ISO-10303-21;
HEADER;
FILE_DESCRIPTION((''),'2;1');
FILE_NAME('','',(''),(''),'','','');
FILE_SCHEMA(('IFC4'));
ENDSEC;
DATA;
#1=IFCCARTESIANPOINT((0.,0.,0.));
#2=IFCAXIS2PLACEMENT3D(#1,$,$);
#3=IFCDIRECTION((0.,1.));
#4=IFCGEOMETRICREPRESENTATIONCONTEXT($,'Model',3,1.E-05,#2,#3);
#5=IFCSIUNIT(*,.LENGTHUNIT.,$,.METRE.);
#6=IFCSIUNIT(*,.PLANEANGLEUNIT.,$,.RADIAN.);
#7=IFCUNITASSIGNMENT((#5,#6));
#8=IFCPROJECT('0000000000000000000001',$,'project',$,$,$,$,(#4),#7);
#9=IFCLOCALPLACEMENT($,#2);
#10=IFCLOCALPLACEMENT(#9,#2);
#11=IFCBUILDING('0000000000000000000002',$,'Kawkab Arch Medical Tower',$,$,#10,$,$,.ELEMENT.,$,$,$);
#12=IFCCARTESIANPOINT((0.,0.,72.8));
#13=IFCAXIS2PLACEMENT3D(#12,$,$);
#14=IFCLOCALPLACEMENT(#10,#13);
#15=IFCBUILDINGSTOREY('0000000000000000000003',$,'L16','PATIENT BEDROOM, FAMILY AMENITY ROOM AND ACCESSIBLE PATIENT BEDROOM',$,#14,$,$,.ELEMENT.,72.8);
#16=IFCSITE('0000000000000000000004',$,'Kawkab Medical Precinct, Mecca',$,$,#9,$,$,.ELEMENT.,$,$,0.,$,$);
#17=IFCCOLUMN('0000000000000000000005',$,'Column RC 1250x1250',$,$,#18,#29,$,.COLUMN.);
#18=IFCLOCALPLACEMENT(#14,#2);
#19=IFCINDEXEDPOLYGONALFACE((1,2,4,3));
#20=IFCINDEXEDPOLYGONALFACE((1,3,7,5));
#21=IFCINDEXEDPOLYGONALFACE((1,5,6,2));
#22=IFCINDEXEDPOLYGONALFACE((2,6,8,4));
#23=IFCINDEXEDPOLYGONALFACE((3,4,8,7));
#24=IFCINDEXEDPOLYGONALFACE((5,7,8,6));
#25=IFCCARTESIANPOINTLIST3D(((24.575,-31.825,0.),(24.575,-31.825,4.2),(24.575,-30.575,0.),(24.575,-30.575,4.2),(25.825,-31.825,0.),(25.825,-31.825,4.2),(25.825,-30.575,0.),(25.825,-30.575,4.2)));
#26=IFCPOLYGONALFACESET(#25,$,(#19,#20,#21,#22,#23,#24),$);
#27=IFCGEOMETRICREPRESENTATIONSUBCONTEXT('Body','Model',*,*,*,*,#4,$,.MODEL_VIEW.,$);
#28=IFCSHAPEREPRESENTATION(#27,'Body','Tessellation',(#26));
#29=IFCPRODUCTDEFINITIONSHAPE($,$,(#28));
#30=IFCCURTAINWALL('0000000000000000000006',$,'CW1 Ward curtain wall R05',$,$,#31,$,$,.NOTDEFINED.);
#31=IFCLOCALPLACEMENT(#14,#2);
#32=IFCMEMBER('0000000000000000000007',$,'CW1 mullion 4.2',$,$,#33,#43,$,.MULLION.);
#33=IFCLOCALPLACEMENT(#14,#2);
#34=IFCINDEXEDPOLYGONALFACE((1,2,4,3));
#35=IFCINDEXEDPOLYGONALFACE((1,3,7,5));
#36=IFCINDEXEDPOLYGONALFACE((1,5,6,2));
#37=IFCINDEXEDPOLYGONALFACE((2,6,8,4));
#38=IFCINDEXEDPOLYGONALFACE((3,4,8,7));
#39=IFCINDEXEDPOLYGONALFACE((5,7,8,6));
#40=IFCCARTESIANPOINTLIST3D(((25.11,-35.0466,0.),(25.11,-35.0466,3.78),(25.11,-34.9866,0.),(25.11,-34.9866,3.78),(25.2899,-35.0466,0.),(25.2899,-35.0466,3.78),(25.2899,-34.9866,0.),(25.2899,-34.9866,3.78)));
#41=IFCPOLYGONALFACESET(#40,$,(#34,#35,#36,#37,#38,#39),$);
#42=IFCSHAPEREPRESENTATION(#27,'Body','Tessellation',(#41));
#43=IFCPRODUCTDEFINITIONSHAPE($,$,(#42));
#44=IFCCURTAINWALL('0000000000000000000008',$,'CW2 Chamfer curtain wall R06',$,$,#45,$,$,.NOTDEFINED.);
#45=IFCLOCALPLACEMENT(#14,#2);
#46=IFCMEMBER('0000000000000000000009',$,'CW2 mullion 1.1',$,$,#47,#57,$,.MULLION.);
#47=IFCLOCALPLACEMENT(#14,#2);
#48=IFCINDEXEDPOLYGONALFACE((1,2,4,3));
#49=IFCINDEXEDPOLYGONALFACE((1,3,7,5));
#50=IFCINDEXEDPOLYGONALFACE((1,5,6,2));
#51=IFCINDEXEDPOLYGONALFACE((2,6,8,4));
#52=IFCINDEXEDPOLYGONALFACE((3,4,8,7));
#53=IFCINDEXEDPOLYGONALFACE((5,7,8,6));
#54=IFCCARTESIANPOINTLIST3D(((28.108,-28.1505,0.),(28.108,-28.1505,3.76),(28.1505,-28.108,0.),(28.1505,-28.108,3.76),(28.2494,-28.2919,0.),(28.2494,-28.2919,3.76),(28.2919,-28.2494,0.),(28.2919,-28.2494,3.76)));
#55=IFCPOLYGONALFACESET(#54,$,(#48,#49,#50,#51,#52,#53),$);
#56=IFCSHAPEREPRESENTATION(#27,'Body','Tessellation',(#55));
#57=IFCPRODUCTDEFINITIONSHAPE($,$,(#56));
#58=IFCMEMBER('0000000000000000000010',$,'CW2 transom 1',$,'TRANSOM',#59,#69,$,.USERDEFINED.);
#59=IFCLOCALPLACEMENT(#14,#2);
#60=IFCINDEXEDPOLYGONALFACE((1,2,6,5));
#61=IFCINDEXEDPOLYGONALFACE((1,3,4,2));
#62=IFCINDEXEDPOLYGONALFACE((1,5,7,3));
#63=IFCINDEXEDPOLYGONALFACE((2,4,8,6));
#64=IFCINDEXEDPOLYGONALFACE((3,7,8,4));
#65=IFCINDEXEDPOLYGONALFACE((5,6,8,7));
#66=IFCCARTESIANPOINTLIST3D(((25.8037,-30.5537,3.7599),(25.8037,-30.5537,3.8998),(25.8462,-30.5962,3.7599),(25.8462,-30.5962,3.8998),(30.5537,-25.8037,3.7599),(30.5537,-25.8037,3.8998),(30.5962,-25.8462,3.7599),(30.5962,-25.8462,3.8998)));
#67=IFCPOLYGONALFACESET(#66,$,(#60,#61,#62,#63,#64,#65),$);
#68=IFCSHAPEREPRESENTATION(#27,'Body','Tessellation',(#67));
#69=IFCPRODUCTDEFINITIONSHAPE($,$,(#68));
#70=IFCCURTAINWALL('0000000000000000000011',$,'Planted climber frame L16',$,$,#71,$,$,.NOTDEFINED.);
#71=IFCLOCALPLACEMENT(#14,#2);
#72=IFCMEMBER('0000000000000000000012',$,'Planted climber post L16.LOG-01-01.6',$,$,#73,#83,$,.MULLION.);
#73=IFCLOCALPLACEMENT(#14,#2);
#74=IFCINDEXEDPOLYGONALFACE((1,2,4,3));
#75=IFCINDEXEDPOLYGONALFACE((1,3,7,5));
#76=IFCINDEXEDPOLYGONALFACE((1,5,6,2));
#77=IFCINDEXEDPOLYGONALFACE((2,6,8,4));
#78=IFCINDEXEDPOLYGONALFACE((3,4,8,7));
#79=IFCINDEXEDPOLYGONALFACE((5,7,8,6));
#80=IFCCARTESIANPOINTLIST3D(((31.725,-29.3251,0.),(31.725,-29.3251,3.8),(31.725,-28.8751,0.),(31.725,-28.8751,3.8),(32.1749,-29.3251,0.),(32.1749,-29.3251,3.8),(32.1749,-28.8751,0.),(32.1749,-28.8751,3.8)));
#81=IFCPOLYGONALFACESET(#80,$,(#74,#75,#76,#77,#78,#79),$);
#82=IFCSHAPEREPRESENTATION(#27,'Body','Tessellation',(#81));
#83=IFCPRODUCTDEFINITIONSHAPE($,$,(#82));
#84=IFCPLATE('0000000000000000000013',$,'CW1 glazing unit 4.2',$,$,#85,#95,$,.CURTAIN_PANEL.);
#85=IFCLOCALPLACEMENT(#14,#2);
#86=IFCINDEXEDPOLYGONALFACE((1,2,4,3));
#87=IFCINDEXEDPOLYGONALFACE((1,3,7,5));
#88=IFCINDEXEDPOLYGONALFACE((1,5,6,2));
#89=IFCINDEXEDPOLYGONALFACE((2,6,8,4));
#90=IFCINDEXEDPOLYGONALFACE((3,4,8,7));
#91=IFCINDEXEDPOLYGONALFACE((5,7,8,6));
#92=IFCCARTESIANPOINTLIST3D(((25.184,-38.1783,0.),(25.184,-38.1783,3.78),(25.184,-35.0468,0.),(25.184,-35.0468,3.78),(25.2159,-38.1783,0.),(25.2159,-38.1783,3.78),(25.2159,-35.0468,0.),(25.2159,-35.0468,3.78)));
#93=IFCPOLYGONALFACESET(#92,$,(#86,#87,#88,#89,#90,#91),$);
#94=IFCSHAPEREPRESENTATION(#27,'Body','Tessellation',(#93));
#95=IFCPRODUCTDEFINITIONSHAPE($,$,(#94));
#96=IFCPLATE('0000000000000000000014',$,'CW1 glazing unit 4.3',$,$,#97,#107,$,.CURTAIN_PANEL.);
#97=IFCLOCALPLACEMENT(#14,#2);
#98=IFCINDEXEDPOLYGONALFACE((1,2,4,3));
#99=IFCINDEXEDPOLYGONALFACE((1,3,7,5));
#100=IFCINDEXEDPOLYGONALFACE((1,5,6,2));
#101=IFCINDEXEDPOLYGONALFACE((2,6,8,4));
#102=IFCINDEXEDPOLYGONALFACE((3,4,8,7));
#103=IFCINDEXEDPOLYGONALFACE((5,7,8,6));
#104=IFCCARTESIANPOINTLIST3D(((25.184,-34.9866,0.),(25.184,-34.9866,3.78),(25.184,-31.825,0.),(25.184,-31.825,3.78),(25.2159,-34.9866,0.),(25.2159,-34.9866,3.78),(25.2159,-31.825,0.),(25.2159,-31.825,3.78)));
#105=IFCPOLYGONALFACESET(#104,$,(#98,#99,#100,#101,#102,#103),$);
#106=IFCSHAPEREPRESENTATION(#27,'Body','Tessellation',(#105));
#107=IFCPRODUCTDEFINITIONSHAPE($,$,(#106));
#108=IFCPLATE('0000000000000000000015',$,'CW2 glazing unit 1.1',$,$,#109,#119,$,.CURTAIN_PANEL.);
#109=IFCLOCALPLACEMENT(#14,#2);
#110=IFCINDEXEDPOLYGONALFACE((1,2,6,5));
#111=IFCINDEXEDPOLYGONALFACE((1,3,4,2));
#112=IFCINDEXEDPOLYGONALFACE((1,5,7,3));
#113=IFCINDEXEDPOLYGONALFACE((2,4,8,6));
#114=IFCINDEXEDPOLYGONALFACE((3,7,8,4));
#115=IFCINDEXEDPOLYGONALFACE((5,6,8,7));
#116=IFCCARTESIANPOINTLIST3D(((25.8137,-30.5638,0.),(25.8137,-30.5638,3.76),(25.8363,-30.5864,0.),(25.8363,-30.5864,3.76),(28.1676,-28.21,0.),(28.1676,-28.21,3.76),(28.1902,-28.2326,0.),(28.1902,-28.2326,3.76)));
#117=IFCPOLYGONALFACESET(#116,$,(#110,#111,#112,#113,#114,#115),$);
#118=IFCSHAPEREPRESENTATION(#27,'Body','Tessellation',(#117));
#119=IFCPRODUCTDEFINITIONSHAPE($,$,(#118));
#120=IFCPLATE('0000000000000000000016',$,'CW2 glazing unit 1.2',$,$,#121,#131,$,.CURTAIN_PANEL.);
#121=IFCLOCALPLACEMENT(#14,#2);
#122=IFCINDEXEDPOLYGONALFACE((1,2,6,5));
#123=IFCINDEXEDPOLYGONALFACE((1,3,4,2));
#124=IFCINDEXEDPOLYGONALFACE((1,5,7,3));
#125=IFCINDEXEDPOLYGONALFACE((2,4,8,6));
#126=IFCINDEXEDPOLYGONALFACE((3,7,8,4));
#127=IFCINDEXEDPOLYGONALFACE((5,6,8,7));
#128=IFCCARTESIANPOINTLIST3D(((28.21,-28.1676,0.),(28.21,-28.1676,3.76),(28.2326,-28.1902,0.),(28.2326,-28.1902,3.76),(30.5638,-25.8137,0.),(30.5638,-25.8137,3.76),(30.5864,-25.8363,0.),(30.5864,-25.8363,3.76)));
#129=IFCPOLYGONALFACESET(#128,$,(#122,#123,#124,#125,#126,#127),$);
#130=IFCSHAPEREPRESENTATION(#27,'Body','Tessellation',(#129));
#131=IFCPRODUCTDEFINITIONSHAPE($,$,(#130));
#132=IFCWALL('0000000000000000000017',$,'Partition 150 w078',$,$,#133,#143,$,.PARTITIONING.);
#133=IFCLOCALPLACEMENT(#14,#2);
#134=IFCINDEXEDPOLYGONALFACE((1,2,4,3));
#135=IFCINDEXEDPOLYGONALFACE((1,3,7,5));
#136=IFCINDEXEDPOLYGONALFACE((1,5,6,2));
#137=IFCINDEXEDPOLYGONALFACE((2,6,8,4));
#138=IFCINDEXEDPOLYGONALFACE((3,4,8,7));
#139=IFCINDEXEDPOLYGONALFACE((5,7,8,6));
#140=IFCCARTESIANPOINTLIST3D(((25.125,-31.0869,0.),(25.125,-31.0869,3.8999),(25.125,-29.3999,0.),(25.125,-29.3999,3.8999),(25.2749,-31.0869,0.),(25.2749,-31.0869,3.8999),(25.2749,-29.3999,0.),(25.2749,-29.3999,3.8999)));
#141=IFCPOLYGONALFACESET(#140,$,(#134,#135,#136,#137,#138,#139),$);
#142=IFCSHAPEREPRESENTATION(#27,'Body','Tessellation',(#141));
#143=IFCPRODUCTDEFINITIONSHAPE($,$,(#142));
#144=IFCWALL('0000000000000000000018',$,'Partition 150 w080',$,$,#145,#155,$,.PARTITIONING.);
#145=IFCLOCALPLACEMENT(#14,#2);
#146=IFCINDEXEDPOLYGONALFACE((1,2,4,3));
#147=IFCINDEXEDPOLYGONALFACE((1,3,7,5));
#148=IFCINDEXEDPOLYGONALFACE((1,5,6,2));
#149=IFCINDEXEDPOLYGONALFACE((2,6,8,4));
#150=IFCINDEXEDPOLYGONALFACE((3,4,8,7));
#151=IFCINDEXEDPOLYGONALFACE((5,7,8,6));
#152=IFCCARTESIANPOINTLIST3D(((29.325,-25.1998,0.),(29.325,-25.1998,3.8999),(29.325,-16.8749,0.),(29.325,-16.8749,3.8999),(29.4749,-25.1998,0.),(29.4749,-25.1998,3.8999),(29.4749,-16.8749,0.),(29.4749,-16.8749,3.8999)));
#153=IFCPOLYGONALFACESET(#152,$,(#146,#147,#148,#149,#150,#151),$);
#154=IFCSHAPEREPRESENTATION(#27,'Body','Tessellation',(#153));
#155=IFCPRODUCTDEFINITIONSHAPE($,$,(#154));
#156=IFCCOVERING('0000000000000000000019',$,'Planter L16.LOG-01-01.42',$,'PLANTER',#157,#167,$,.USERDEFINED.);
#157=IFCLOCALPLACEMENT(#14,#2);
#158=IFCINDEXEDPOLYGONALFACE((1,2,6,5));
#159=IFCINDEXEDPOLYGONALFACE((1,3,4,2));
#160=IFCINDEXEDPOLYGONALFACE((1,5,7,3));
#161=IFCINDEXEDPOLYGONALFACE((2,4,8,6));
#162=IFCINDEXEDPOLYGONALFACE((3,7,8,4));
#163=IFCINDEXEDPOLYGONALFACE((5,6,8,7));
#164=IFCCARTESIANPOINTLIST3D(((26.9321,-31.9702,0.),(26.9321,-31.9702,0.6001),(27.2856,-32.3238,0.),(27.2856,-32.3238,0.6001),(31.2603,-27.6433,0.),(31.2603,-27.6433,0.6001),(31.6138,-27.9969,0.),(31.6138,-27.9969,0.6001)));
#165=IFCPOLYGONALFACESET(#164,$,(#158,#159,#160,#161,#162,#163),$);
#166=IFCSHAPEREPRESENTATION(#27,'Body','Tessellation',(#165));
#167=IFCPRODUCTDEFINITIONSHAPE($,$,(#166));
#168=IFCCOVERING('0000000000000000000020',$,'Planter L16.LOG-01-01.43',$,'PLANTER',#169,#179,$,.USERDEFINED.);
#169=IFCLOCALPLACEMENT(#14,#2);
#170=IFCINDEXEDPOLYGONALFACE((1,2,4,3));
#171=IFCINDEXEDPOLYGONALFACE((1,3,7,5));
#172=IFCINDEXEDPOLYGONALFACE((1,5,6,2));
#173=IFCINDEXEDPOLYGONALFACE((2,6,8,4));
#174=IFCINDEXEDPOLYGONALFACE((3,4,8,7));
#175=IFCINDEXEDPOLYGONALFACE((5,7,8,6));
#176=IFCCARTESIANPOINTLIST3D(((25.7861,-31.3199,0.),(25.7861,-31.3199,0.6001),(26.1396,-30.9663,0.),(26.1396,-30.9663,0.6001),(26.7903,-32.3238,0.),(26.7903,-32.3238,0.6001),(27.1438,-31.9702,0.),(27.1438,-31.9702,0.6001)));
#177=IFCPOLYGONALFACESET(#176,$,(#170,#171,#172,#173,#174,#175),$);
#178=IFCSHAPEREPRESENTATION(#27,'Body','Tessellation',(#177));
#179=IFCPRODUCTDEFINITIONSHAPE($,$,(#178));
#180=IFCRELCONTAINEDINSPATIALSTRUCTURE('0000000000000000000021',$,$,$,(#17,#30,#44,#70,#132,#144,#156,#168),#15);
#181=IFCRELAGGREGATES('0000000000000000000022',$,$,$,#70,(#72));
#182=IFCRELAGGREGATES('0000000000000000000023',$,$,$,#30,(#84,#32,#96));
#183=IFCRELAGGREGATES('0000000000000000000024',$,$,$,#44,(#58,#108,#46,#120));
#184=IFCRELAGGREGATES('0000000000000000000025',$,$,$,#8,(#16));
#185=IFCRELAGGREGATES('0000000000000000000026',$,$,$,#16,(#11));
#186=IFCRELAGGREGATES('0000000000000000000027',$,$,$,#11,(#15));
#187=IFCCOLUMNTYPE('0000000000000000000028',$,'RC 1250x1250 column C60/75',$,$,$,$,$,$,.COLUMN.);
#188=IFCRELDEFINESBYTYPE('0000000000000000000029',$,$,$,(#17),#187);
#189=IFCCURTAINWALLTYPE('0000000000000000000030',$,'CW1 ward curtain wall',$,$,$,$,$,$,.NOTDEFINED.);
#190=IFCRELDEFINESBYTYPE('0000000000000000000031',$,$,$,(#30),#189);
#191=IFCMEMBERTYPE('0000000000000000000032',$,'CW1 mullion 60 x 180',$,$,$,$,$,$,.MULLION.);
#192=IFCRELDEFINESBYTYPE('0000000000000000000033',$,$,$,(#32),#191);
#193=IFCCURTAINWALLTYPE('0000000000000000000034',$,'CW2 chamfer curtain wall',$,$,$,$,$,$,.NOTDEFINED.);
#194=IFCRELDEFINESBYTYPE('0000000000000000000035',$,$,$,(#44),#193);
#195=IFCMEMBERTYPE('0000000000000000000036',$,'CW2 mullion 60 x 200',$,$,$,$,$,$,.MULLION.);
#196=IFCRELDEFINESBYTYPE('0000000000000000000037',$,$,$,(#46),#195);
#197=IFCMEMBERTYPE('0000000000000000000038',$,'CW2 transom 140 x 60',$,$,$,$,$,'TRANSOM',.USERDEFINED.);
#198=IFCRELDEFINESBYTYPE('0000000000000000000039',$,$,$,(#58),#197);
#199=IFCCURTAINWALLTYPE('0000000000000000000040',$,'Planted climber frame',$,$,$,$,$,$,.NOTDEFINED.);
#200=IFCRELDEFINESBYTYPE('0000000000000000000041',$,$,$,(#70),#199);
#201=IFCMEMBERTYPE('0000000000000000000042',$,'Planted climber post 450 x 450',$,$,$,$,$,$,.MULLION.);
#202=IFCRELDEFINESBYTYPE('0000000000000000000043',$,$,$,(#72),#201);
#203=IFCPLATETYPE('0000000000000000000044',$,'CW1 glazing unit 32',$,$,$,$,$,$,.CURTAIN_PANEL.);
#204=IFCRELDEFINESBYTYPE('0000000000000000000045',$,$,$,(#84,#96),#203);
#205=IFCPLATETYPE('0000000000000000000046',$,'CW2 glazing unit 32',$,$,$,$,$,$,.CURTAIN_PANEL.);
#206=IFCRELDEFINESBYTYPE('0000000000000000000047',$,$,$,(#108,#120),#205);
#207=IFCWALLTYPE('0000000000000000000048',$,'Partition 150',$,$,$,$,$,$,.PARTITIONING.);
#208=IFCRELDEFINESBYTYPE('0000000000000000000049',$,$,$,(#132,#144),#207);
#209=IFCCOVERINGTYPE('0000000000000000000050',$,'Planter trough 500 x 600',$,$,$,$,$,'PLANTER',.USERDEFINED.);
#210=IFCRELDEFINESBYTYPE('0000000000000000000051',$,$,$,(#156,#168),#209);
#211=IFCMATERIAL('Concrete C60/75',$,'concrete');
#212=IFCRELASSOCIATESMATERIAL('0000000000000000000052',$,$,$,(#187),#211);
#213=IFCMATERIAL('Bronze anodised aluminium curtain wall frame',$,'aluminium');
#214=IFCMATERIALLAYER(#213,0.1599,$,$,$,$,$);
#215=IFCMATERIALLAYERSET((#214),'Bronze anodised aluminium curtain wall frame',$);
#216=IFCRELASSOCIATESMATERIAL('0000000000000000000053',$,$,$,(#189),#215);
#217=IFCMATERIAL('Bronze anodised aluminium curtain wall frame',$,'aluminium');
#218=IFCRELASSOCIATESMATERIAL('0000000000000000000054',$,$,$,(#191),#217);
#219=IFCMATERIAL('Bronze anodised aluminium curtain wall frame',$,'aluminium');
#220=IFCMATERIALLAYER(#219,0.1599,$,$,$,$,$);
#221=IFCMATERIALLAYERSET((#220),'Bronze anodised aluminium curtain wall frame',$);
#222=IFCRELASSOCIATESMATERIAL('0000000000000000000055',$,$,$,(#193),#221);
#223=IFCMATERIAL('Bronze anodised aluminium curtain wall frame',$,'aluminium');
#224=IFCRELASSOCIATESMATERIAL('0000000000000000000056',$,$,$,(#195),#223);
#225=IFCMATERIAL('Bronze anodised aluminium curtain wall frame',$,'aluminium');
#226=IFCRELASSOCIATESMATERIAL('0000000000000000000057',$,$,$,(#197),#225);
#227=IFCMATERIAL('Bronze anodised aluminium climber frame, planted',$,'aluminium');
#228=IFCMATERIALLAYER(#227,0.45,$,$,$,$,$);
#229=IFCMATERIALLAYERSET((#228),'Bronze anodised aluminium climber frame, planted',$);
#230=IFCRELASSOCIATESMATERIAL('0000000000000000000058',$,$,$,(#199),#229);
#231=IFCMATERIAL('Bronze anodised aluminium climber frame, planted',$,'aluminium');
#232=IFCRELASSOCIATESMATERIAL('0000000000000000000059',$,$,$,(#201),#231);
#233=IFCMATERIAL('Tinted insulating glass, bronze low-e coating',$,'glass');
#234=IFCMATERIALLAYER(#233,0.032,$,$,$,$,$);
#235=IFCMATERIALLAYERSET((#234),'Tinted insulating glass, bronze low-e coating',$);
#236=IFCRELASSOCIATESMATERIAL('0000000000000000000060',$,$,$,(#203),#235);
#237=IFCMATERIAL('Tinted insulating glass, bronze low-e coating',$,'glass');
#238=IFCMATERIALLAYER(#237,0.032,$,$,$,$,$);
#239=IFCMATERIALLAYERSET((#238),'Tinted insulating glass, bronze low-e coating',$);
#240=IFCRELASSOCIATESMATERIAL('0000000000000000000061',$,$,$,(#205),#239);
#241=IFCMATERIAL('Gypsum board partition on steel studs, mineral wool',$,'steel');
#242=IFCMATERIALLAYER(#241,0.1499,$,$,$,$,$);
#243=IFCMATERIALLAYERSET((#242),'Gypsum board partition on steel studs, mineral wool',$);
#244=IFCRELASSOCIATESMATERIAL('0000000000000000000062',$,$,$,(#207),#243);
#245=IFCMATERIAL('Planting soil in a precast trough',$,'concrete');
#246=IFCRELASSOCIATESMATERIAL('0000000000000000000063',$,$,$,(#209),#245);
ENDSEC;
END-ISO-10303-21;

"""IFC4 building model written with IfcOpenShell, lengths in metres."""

from ifc_helpers import new_model, si_unit, direction, frame, frame_2d, origin, origin_2d, place, context, subcontext, project, spatial, rectangle, extrude, material, layer, layer_set, material_profile, profile_set, type_object, element, aggregate, save


model = new_model("IFC4")

# Units and contexts
model_context = context("Model", 3, precision=1e-05, world=origin(), true_north=direction((0.0, 1.0)))
body_context = subcontext(model_context, "Body", "Model", "MODEL_VIEW")
ifc_project = project(units=[si_unit("LENGTHUNIT", "METRE"), si_unit("PLANEANGLEUNIT", "RADIAN")], contexts=[model_context])

# Site, building, storey
site_placement = place(None, origin())
site = spatial("IfcSite", under=ifc_project, at=site_placement, Name="Kawkab Medical Precinct, Mecca", CompositionType="ELEMENT", RefElevation=0.0)
building_placement = place(site_placement, origin())
building = spatial("IfcBuilding", under=site, at=building_placement, Name="Kawkab Arch Medical Tower", CompositionType="ELEMENT")
storey_placement = place(building_placement, frame((0.0, 0.0, 72.8)))
storey = spatial("IfcBuildingStorey", under=building, at=storey_placement, Name="L16", Description="PATIENT BEDROOM, FAMILY AMENITY ROOM AND ACCESSIBLE PATIENT BEDROOM", CompositionType="ELEMENT", Elevation=72.8)

# Column
ifc_material_1 = material(Name="Concrete C60/75", Category="concrete")
ifc_material_profile_1 = material_profile(ifc_material_1, rectangle(XDim=1.25, YDim=1.25, at=origin_2d()), Name="RC 1250x1250")
ifc_profile_set_1 = profile_set([ifc_material_profile_1], Name="Concrete C60/75")
column_type = type_object("IfcColumnType", Name="RC 1250x1250 column C60/75", PredefinedType="COLUMN", material=ifc_profile_set_1)
column_placement = place(storey_placement, frame((25.2, -31.2, 0.0), z_axis=(0.0, 0.0, 1.0), x_axis=(1.0, 0.0, 0.0)))
element("IfcColumn", 1, at=column_placement, inside=storey, type_object=column_type, Name="Column RC 1250x1250", PredefinedType="COLUMN", context=body_context, shape_type="SweptSolid", body=[
    extrude(rectangle(XDim=1.25, YDim=1.25, at=origin_2d()), origin(), (0.0, 0.0, 1.0), 4.2),
])

# Curtain wall, member
ifc_material_2 = material(Name="Bronze anodised aluminium curtain wall frame", Category="aluminium")
ifc_layer_1 = layer(ifc_material_2, 0.1599)
ifc_layer_set_1 = layer_set([ifc_layer_1], Name="Bronze anodised aluminium curtain wall frame")
curtain_wall_type_1 = type_object("IfcCurtainWallType", Name="CW1 ward curtain wall", PredefinedType="NOTDEFINED", material=ifc_layer_set_1)
placement = place(storey_placement, origin())
curtain_wall_1 = element("IfcCurtainWall", 2, at=placement, inside=storey, type_object=curtain_wall_type_1, Name="CW1 Ward curtain wall R05", PredefinedType="NOTDEFINED")
ifc_material_3 = material(Name="Bronze anodised aluminium curtain wall frame", Category="aluminium")
ifc_material_profile_2 = material_profile(ifc_material_3, rectangle(XDim=0.1799, YDim=0.0601, at=origin_2d()), Name="AL 60x180")
ifc_profile_set_2 = profile_set([ifc_material_profile_2], Name="Bronze anodised aluminium curtain wall frame")
member_type_1 = type_object("IfcMemberType", Name="CW1 mullion 60 x 180", PredefinedType="MULLION", material=ifc_profile_set_2)
member_1_placement = place(storey_placement, frame((25.2, -35.0166, 0.0), z_axis=(0.0, 0.0, 1.0), x_axis=(-1.0, 0.0, 0.0)))
member_1 = element("IfcMember", 3, at=member_1_placement, type_object=member_type_1, Name="CW1 mullion 4.2", PredefinedType="MULLION", context=body_context, shape_type="SweptSolid", body=[
    extrude(rectangle(XDim=0.1799, YDim=0.0601, at=origin_2d()), origin(), (0.0, 0.0, 1.0), 3.78),
])

# Curtain wall, members
ifc_material_4 = material(Name="Bronze anodised aluminium curtain wall frame", Category="aluminium")
ifc_layer_2 = layer(ifc_material_4, 0.1599)
ifc_layer_set_2 = layer_set([ifc_layer_2], Name="Bronze anodised aluminium curtain wall frame")
curtain_wall_type_2 = type_object("IfcCurtainWallType", Name="CW2 chamfer curtain wall", PredefinedType="NOTDEFINED", material=ifc_layer_set_2)
curtain_wall_2 = element("IfcCurtainWall", 4, at=placement, inside=storey, type_object=curtain_wall_type_2, Name="CW2 Chamfer curtain wall R06", PredefinedType="NOTDEFINED")
ifc_material_5 = material(Name="Bronze anodised aluminium curtain wall frame", Category="aluminium")
ifc_material_profile_3 = material_profile(ifc_material_5, rectangle(XDim=0.2, YDim=0.0601, at=origin_2d()), Name="AL 60x200")
ifc_profile_set_3 = profile_set([ifc_material_profile_3], Name="Bronze anodised aluminium curtain wall frame")
member_type_2 = type_object("IfcMemberType", Name="CW2 mullion 60 x 200", PredefinedType="MULLION", material=ifc_profile_set_3)
member_2_placement = place(storey_placement, frame((28.2, -28.2, 0.0), z_axis=(0.0, 0.0, 1.0), x_axis=(-0.707107, 0.707107, 0.0)))
member_2 = element("IfcMember", 5, at=member_2_placement, type_object=member_type_2, Name="CW2 mullion 1.1", PredefinedType="MULLION", context=body_context, shape_type="SweptSolid", body=[
    extrude(rectangle(XDim=0.2, YDim=0.0601, at=origin_2d()), origin(), (0.0, 0.0, 1.0), 3.76),
])
ifc_material_6 = material(Name="Bronze anodised aluminium curtain wall frame", Category="aluminium")
ifc_material_profile_4 = material_profile(ifc_material_6, rectangle(XDim=0.0601, YDim=0.1399, at=origin_2d()), Name="AL 60x140")
ifc_profile_set_4 = profile_set([ifc_material_profile_4], Name="Bronze anodised aluminium curtain wall frame")
member_type_3 = type_object("IfcMemberType", Name="CW2 transom 140 x 60", ElementType="TRANSOM", PredefinedType="USERDEFINED", material=ifc_profile_set_4)
member_3_placement = place(storey_placement, frame((25.825, -30.575, 3.8298), z_axis=(0.707107, 0.707107, 0.0), x_axis=(-0.707107, 0.707107, 0.0)))
member_3 = element("IfcMember", 6, at=member_3_placement, type_object=member_type_3, Name="CW2 transom 1", ObjectType="TRANSOM", PredefinedType="USERDEFINED", context=body_context, shape_type="SweptSolid", body=[
    extrude(rectangle(XDim=0.0601, YDim=0.1399, at=origin_2d()), origin(), (0.0, 0.0, 1.0), 6.7175),
])

# Curtain wall, member
ifc_material_7 = material(Name="Bronze anodised aluminium climber frame, planted", Category="aluminium")
ifc_layer_3 = layer(ifc_material_7, 0.45)
ifc_layer_set_3 = layer_set([ifc_layer_3], Name="Bronze anodised aluminium climber frame, planted")
curtain_wall_type_3 = type_object("IfcCurtainWallType", Name="Planted climber frame", PredefinedType="NOTDEFINED", material=ifc_layer_set_3)
curtain_wall_3 = element("IfcCurtainWall", 7, at=placement, inside=storey, type_object=curtain_wall_type_3, Name="Planted climber frame L16", PredefinedType="NOTDEFINED")
ifc_material_8 = material(Name="Bronze anodised aluminium climber frame, planted", Category="aluminium")
ifc_material_profile_5 = material_profile(ifc_material_8, rectangle(XDim=0.45, YDim=0.45, at=origin_2d()), Name="Post 450x450")
ifc_profile_set_5 = profile_set([ifc_material_profile_5], Name="Bronze anodised aluminium climber frame, planted")
member_type_4 = type_object("IfcMemberType", Name="Planted climber post 450 x 450", PredefinedType="MULLION", material=ifc_profile_set_5)
member_4_placement = place(storey_placement, frame((31.95, -29.1001, 0.0), z_axis=(0.0, 0.0, 1.0), x_axis=(1.0, 0.0, 0.0)))
member_4 = element("IfcMember", 8, at=member_4_placement, type_object=member_type_4, Name="Planted climber post L16.LOG-01-01.6", PredefinedType="MULLION", context=body_context, shape_type="SweptSolid", body=[
    extrude(rectangle(XDim=0.45, YDim=0.45, at=origin_2d()), origin(), (0.0, 0.0, 1.0), 3.8),
])
aggregate(curtain_wall_3, [member_4])

# Plates
ifc_material_9 = material(Name="Tinted insulating glass, bronze low-e coating", Category="glass")
ifc_layer_4 = layer(ifc_material_9, 0.032)
ifc_layer_set_4 = layer_set([ifc_layer_4], Name="Tinted insulating glass, bronze low-e coating")
plate_type_1 = type_object("IfcPlateType", Name="CW1 glazing unit 32", PredefinedType="CURTAIN_PANEL", material=ifc_layer_set_4)
plate_1_placement = place(storey_placement, frame((25.2, -36.6125, 0.0), z_axis=(0.0, 0.0, 1.0), x_axis=(0.0, 1.0, 0.0)))
plate_1 = element("IfcPlate", 9, at=plate_1_placement, type_object=plate_type_1, Name="CW1 glazing unit 4.2", PredefinedType="CURTAIN_PANEL", context=body_context, shape_type="SweptSolid", body=[
    extrude(rectangle(XDim=3.1316, YDim=0.032, at=origin_2d()), origin(), (0.0, 0.0, 1.0), 3.78),
])
plate_2_placement = place(storey_placement, frame((25.2, -33.4058, 0.0), z_axis=(0.0, 0.0, 1.0), x_axis=(0.0, 1.0, 0.0)))
plate_2 = element("IfcPlate", 10, at=plate_2_placement, type_object=plate_type_1, Name="CW1 glazing unit 4.3", PredefinedType="CURTAIN_PANEL", context=body_context, shape_type="SweptSolid", body=[
    extrude(rectangle(XDim=3.1616, YDim=0.032, at=origin_2d()), origin(), (0.0, 0.0, 1.0), 3.78),
])
aggregate(curtain_wall_1, [plate_1, member_1, plate_2])
ifc_material_10 = material(Name="Tinted insulating glass, bronze low-e coating", Category="glass")
ifc_layer_5 = layer(ifc_material_10, 0.032)
ifc_layer_set_5 = layer_set([ifc_layer_5], Name="Tinted insulating glass, bronze low-e coating")
plate_type_2 = type_object("IfcPlateType", Name="CW2 glazing unit 32", PredefinedType="CURTAIN_PANEL", material=ifc_layer_set_5)
plate_3_placement = place(storey_placement, frame((27.002, -29.3982, 0.0), z_axis=(0.0, 0.0, 1.0), x_axis=(0.707107, 0.707107, 0.0)))
plate_3 = element("IfcPlate", 11, at=plate_3_placement, type_object=plate_type_2, Name="CW2 glazing unit 1.1", PredefinedType="CURTAIN_PANEL", context=body_context, shape_type="SweptSolid", body=[
    extrude(rectangle(XDim=3.3289, YDim=0.032, at=origin_2d()), origin(), (0.0, 0.0, 1.0), 3.76),
])
plate_4_placement = place(storey_placement, frame((29.3982, -27.002, 0.0), z_axis=(0.0, 0.0, 1.0), x_axis=(0.707107, 0.707107, 0.0)))
plate_4 = element("IfcPlate", 12, at=plate_4_placement, type_object=plate_type_2, Name="CW2 glazing unit 1.2", PredefinedType="CURTAIN_PANEL", context=body_context, shape_type="SweptSolid", body=[
    extrude(rectangle(XDim=3.3289, YDim=0.032, at=origin_2d()), origin(), (0.0, 0.0, 1.0), 3.76),
])
aggregate(curtain_wall_2, [member_3, plate_3, member_2, plate_4])

# Walls
ifc_material_11 = material(Name="Gypsum board partition on steel studs, mineral wool", Category="steel")
ifc_layer_6 = layer(ifc_material_11, 0.1499)
ifc_layer_set_6 = layer_set([ifc_layer_6], Name="Gypsum board partition on steel studs, mineral wool")
wall_type = type_object("IfcWallType", Name="Partition 150", PredefinedType="PARTITIONING", material=ifc_layer_set_6)
wall_1_placement = place(storey_placement, frame((25.2, -31.0869, 0.0), z_axis=(0.0, 0.0, 1.0), x_axis=(0.0, 1.0, 0.0)))
element("IfcWall", 13, at=wall_1_placement, inside=storey, type_object=wall_type, Name="Partition 150 w078", PredefinedType="PARTITIONING", context=body_context, shape_type="SweptSolid", body=[
    extrude(rectangle(XDim=1.687, YDim=0.1499, at=frame_2d((0.8435, 0.0))), origin(), (0.0, 0.0, 1.0), 3.8999),
])
wall_2_placement = place(storey_placement, frame((29.3999, -25.2, 0.0), z_axis=(0.0, 0.0, 1.0), x_axis=(0.0, 1.0, 0.0)))
element("IfcWall", 14, at=wall_2_placement, inside=storey, type_object=wall_type, Name="Partition 150 w080", PredefinedType="PARTITIONING", context=body_context, shape_type="SweptSolid", body=[
    extrude(rectangle(XDim=8.325, YDim=0.1499, at=frame_2d((4.1626, 0.0))), origin(), (0.0, 0.0, 1.0), 3.8999),
])

# Coverings
ifc_material_12 = material(Name="Planting soil in a precast trough", Category="concrete")
ifc_material_profile_6 = material_profile(ifc_material_12, rectangle(XDim=0.5, YDim=0.6001, at=origin_2d()), Name="Trough 500x600")
ifc_profile_set_6 = profile_set([ifc_material_profile_6], Name="Planting soil in a precast trough")
covering_type = type_object("IfcCoveringType", Name="Planter trough 500 x 600", ElementType="PLANTER", PredefinedType="USERDEFINED", material=ifc_profile_set_6)
covering_1_placement = place(storey_placement, frame((31.437, -27.8201, 0.3), z_axis=(-0.707207, -0.707007, 0.0), x_axis=(0.707007, -0.707207, 0.0)))
element("IfcCovering", 15, at=covering_1_placement, inside=storey, type_object=covering_type, Name="Planter L16.LOG-01-01.42", ObjectType="PLANTER", PredefinedType="USERDEFINED", context=body_context, shape_type="SweptSolid", body=[
    extrude(rectangle(XDim=0.5, YDim=0.6001, at=origin_2d()), origin(), (0.0, 0.0, 1.0), 6.1201),
])
covering_2_placement = place(storey_placement, frame((26.967, -32.147, 0.3), z_axis=(-0.707193, 0.707021, 0.0), x_axis=(-0.707021, -0.707193, 0.0)))
element("IfcCovering", 16, at=covering_2_placement, inside=storey, type_object=covering_type, Name="Planter L16.LOG-01-01.43", ObjectType="PLANTER", PredefinedType="USERDEFINED", context=body_context, shape_type="SweptSolid", body=[
    extrude(rectangle(XDim=0.5, YDim=0.6001, at=origin_2d()), origin(), (0.0, 0.0, 1.0), 1.4199),
])

save(model, "model.ifc")
